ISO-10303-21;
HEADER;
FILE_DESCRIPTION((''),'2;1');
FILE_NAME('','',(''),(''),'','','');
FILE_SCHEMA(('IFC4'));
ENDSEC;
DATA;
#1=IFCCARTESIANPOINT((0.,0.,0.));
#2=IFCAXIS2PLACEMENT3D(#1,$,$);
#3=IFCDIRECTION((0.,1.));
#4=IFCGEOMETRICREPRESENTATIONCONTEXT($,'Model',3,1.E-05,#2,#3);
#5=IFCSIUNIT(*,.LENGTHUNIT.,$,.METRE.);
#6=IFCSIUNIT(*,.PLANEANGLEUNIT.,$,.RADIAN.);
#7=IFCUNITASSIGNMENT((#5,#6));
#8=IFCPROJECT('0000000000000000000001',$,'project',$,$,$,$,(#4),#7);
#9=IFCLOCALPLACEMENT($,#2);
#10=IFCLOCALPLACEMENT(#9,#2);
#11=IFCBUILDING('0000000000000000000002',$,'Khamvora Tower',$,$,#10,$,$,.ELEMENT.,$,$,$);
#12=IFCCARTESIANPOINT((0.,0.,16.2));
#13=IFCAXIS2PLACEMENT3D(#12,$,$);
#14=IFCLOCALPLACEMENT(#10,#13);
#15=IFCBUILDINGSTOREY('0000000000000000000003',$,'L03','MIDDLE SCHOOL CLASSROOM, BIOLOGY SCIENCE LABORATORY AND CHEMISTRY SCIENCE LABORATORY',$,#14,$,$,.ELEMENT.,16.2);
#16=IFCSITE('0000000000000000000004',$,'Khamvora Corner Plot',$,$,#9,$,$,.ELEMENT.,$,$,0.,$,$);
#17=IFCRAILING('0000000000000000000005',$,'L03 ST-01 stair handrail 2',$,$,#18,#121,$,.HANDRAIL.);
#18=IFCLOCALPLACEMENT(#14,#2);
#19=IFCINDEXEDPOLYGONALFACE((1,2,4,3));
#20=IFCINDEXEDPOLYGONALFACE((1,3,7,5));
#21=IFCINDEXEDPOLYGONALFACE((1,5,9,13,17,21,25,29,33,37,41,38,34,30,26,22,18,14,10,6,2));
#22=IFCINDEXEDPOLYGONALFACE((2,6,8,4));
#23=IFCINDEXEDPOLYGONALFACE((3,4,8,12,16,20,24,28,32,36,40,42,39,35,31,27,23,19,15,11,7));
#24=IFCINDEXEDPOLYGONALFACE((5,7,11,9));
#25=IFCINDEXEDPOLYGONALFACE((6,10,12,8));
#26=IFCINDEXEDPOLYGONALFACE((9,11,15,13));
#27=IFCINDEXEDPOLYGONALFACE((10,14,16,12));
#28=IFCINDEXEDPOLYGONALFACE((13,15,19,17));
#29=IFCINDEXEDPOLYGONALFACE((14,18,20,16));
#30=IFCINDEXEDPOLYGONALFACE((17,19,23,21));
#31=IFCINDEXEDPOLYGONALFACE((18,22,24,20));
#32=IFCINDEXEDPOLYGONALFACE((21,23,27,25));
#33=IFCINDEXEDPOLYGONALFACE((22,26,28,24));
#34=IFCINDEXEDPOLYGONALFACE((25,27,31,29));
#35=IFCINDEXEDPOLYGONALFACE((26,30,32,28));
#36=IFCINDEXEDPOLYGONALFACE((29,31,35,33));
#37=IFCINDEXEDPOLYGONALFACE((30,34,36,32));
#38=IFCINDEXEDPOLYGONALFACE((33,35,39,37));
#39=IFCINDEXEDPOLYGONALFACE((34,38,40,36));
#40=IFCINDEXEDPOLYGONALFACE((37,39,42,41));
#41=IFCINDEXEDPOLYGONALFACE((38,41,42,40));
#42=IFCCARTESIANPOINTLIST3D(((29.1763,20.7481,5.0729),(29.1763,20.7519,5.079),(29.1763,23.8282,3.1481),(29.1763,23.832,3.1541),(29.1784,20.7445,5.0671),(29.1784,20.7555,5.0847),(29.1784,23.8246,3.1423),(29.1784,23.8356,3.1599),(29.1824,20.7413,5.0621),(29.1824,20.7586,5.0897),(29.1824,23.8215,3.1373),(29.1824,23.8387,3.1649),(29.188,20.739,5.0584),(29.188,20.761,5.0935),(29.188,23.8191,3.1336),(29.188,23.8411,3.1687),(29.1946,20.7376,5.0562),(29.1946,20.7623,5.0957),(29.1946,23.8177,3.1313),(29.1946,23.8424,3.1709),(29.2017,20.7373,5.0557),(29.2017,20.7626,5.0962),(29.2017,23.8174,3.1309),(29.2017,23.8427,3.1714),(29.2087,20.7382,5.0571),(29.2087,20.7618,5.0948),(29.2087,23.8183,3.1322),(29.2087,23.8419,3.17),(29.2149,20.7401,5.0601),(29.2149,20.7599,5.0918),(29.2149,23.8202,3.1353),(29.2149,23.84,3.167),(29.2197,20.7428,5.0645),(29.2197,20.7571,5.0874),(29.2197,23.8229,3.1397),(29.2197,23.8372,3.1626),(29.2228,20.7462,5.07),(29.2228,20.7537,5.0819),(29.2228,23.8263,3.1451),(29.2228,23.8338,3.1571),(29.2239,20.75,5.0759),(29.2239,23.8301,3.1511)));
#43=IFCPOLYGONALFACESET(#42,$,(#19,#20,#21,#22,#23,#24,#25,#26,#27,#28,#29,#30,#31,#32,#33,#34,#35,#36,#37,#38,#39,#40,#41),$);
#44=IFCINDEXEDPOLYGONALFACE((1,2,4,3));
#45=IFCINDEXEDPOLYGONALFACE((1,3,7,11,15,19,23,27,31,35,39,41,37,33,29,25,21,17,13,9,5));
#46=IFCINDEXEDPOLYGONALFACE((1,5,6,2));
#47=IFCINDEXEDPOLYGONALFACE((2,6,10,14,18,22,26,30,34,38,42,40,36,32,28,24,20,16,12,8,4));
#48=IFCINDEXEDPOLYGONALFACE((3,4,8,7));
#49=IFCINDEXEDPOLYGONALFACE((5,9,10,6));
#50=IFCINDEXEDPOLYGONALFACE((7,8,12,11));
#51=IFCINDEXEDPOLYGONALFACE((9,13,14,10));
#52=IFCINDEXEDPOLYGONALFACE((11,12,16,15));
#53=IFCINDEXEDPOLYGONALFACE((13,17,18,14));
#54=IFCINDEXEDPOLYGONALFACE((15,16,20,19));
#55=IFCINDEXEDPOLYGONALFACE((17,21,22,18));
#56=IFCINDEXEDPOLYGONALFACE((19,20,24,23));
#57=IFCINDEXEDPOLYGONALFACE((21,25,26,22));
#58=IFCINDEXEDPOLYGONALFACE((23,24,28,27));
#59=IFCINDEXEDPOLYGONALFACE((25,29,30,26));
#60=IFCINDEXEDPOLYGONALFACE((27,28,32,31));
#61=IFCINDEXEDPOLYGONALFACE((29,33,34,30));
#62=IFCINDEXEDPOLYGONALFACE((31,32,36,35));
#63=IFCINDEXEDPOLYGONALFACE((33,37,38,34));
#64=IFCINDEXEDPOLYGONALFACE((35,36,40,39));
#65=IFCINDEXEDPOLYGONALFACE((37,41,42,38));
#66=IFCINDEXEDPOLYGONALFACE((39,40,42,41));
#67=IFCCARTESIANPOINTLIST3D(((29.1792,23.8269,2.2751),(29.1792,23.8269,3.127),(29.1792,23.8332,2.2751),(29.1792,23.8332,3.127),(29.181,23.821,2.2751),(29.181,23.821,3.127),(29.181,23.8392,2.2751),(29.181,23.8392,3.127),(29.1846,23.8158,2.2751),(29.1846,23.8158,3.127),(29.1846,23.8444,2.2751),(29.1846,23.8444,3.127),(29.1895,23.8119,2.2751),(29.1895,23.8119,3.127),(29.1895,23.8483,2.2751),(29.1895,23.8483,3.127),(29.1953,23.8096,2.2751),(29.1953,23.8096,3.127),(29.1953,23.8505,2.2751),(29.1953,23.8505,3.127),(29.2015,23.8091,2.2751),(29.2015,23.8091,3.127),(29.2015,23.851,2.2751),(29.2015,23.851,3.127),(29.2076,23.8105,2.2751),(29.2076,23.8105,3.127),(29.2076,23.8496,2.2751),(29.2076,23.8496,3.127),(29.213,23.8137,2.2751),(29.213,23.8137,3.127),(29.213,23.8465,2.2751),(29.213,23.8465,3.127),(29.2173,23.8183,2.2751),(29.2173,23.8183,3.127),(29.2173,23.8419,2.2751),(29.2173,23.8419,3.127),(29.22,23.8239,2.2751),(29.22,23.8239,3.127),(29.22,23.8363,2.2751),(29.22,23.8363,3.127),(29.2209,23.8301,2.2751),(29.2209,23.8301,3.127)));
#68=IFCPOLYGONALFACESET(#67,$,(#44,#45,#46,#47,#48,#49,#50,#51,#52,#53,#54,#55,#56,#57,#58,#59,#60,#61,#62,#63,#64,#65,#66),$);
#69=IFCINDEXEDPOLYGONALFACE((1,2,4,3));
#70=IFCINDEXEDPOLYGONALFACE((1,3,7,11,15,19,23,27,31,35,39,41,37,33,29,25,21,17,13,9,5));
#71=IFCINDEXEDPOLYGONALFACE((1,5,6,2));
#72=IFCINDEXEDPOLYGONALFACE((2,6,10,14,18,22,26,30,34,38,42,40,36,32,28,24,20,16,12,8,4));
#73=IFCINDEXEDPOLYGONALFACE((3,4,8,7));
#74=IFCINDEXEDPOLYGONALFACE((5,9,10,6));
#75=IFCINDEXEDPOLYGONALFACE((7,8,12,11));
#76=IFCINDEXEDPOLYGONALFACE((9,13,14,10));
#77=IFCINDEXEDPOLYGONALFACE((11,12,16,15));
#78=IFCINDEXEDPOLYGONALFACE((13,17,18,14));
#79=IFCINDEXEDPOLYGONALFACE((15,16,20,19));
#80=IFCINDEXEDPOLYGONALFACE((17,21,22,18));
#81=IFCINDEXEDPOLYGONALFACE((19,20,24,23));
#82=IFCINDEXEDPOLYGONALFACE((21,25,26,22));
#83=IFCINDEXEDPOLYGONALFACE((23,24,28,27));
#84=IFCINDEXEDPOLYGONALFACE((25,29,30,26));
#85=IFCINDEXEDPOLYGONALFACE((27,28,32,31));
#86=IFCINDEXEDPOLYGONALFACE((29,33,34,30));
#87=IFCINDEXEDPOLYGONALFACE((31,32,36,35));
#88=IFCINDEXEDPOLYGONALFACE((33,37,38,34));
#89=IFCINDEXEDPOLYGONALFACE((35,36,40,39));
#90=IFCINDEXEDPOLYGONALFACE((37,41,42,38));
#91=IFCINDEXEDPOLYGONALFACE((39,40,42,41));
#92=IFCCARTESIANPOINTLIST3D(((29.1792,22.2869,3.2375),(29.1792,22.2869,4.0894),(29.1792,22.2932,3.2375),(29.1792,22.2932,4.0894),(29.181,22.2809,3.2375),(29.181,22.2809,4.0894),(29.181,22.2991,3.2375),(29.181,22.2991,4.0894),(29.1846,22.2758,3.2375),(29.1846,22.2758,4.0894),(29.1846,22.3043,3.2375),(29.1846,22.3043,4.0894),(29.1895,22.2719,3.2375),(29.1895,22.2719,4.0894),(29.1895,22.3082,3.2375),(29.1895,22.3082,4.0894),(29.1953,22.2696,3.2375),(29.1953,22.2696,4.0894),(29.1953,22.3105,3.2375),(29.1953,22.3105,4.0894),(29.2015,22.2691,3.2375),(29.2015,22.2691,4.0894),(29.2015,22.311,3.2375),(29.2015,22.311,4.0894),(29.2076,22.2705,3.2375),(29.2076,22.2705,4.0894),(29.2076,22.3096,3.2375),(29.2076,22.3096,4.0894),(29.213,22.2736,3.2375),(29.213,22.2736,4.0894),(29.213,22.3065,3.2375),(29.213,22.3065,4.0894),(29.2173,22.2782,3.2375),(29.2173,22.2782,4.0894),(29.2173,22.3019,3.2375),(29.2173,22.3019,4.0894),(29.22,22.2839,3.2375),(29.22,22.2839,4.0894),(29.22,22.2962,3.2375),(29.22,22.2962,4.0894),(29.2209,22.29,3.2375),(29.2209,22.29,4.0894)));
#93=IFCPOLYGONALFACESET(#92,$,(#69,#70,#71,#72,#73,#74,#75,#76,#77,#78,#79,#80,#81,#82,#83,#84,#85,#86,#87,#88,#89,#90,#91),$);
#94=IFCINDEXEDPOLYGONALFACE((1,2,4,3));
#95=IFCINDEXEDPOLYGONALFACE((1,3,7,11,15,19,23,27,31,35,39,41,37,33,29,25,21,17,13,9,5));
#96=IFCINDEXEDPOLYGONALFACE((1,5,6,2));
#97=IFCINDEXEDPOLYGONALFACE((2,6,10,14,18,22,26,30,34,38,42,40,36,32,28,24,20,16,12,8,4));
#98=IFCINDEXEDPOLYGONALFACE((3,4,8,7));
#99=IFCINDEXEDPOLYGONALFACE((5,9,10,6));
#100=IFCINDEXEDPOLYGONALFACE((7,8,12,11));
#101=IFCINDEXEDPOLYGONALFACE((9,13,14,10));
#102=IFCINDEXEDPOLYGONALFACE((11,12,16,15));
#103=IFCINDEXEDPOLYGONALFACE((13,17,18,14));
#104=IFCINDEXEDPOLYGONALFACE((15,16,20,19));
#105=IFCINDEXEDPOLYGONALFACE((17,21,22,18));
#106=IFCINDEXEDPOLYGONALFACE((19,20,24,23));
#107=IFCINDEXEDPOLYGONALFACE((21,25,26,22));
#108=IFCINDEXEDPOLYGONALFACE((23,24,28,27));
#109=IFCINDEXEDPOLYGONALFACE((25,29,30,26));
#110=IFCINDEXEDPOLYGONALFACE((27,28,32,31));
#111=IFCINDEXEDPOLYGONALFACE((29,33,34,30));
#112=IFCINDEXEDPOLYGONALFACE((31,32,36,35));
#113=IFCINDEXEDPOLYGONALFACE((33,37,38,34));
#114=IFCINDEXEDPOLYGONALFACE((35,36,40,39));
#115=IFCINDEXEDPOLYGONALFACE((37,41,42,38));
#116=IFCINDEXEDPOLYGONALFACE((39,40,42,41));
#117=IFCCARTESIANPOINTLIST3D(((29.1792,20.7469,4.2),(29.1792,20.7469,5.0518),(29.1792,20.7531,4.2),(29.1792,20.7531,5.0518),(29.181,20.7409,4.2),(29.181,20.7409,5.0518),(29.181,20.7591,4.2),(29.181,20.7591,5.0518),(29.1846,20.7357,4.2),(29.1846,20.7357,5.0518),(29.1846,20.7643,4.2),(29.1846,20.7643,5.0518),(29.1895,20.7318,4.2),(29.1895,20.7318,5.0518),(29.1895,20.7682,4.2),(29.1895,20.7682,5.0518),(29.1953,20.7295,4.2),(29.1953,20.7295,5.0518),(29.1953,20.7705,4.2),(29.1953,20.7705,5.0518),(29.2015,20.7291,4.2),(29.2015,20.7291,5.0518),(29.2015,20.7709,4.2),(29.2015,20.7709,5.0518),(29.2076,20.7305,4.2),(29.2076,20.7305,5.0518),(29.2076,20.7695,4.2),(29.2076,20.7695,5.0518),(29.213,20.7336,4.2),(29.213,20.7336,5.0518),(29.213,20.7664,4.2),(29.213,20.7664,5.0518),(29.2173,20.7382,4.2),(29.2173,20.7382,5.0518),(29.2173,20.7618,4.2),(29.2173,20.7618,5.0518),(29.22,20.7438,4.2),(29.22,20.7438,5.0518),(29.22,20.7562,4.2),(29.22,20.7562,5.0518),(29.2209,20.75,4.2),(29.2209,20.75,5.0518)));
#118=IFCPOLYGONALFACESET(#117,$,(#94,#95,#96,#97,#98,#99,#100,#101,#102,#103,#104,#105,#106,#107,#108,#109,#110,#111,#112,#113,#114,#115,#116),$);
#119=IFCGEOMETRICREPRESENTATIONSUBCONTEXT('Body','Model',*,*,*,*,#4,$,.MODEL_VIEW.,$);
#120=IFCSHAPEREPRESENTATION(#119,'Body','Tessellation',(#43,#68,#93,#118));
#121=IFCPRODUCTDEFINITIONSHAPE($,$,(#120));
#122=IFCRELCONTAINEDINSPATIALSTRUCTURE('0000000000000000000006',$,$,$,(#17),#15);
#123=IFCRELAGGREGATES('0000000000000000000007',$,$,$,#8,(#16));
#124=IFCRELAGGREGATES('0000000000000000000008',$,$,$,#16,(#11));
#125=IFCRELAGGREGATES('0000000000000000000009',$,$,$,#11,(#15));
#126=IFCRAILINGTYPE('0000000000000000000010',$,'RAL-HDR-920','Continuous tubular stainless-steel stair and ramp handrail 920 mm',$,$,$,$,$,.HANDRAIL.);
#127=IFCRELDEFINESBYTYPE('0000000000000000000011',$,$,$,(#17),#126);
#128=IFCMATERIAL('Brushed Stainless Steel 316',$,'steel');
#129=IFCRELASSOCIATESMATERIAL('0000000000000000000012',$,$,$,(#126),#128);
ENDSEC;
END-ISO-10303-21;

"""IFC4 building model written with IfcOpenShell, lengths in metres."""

from ifc_helpers import new_model, si_unit, direction, frame, origin, origin_2d, place, context, subcontext, project, spatial, circle, extrude, material, type_object, element, save


model = new_model("IFC4")

# Units and contexts
model_context = context("Model", 3, precision=1e-05, world=origin(), true_north=direction((0.0, 1.0)))
body_context = subcontext(model_context, "Body", "Model", "MODEL_VIEW")
ifc_project = project(units=[si_unit("LENGTHUNIT", "METRE"), si_unit("PLANEANGLEUNIT", "RADIAN")], contexts=[model_context])

# Site, building, storey
site_placement = place(None, origin())
site = spatial("IfcSite", under=ifc_project, at=site_placement, Name="Khamvora Corner Plot", CompositionType="ELEMENT", RefElevation=0.0)
building_placement = place(site_placement, origin())
building = spatial("IfcBuilding", under=site, at=building_placement, Name="Khamvora Tower", CompositionType="ELEMENT")
storey_placement = place(building_placement, frame((0.0, 0.0, 16.2)))
storey = spatial("IfcBuildingStorey", under=building, at=storey_placement, Name="L03", Description="MIDDLE SCHOOL CLASSROOM, BIOLOGY SCIENCE LABORATORY AND CHEMISTRY SCIENCE LABORATORY", CompositionType="ELEMENT", Elevation=16.2)

# Railing
ifc_material_1 = material(Name="Brushed Stainless Steel 316", Category="steel")
railing_type_1 = type_object("IfcRailingType", Name="RAL-HDR-920", Description="Continuous tubular stainless-steel stair and ramp handrail 920 mm", PredefinedType="HANDRAIL", material=ifc_material_1)
railing_1_placement = place(storey_placement, frame((29.2, 23.8301, 2.2751)))
element("IfcRailing", 1, at=railing_1_placement, inside=storey, type_object=railing_type_1, Name="L03 ST-01 stair handrail 2", PredefinedType="HANDRAIL", context=body_context, shape_type="SweptSolid", body=[
    extrude(circle(Radius=0.0239, at=origin_2d()), frame((0.0, 0.0, 0.876), z_axis=(0.0, -0.848029, 0.529951), x_axis=(1.0, 0.0, 0.0)), (0.0, 0.0, 1.0), 3.6321),
    extrude(circle(Radius=0.021, at=origin_2d()), origin(), (0.0, 0.0, 1.0), 0.8518),
    extrude(circle(Radius=0.021, at=origin_2d()), frame((0.0, -1.54, 0.9624)), (0.0, 0.0, 1.0), 0.8518),
    extrude(circle(Radius=0.021, at=origin_2d()), frame((0.0, -3.0801, 1.9248)), (0.0, 0.0, 1.0), 0.8518),
])

save(model, "model.ifc")
